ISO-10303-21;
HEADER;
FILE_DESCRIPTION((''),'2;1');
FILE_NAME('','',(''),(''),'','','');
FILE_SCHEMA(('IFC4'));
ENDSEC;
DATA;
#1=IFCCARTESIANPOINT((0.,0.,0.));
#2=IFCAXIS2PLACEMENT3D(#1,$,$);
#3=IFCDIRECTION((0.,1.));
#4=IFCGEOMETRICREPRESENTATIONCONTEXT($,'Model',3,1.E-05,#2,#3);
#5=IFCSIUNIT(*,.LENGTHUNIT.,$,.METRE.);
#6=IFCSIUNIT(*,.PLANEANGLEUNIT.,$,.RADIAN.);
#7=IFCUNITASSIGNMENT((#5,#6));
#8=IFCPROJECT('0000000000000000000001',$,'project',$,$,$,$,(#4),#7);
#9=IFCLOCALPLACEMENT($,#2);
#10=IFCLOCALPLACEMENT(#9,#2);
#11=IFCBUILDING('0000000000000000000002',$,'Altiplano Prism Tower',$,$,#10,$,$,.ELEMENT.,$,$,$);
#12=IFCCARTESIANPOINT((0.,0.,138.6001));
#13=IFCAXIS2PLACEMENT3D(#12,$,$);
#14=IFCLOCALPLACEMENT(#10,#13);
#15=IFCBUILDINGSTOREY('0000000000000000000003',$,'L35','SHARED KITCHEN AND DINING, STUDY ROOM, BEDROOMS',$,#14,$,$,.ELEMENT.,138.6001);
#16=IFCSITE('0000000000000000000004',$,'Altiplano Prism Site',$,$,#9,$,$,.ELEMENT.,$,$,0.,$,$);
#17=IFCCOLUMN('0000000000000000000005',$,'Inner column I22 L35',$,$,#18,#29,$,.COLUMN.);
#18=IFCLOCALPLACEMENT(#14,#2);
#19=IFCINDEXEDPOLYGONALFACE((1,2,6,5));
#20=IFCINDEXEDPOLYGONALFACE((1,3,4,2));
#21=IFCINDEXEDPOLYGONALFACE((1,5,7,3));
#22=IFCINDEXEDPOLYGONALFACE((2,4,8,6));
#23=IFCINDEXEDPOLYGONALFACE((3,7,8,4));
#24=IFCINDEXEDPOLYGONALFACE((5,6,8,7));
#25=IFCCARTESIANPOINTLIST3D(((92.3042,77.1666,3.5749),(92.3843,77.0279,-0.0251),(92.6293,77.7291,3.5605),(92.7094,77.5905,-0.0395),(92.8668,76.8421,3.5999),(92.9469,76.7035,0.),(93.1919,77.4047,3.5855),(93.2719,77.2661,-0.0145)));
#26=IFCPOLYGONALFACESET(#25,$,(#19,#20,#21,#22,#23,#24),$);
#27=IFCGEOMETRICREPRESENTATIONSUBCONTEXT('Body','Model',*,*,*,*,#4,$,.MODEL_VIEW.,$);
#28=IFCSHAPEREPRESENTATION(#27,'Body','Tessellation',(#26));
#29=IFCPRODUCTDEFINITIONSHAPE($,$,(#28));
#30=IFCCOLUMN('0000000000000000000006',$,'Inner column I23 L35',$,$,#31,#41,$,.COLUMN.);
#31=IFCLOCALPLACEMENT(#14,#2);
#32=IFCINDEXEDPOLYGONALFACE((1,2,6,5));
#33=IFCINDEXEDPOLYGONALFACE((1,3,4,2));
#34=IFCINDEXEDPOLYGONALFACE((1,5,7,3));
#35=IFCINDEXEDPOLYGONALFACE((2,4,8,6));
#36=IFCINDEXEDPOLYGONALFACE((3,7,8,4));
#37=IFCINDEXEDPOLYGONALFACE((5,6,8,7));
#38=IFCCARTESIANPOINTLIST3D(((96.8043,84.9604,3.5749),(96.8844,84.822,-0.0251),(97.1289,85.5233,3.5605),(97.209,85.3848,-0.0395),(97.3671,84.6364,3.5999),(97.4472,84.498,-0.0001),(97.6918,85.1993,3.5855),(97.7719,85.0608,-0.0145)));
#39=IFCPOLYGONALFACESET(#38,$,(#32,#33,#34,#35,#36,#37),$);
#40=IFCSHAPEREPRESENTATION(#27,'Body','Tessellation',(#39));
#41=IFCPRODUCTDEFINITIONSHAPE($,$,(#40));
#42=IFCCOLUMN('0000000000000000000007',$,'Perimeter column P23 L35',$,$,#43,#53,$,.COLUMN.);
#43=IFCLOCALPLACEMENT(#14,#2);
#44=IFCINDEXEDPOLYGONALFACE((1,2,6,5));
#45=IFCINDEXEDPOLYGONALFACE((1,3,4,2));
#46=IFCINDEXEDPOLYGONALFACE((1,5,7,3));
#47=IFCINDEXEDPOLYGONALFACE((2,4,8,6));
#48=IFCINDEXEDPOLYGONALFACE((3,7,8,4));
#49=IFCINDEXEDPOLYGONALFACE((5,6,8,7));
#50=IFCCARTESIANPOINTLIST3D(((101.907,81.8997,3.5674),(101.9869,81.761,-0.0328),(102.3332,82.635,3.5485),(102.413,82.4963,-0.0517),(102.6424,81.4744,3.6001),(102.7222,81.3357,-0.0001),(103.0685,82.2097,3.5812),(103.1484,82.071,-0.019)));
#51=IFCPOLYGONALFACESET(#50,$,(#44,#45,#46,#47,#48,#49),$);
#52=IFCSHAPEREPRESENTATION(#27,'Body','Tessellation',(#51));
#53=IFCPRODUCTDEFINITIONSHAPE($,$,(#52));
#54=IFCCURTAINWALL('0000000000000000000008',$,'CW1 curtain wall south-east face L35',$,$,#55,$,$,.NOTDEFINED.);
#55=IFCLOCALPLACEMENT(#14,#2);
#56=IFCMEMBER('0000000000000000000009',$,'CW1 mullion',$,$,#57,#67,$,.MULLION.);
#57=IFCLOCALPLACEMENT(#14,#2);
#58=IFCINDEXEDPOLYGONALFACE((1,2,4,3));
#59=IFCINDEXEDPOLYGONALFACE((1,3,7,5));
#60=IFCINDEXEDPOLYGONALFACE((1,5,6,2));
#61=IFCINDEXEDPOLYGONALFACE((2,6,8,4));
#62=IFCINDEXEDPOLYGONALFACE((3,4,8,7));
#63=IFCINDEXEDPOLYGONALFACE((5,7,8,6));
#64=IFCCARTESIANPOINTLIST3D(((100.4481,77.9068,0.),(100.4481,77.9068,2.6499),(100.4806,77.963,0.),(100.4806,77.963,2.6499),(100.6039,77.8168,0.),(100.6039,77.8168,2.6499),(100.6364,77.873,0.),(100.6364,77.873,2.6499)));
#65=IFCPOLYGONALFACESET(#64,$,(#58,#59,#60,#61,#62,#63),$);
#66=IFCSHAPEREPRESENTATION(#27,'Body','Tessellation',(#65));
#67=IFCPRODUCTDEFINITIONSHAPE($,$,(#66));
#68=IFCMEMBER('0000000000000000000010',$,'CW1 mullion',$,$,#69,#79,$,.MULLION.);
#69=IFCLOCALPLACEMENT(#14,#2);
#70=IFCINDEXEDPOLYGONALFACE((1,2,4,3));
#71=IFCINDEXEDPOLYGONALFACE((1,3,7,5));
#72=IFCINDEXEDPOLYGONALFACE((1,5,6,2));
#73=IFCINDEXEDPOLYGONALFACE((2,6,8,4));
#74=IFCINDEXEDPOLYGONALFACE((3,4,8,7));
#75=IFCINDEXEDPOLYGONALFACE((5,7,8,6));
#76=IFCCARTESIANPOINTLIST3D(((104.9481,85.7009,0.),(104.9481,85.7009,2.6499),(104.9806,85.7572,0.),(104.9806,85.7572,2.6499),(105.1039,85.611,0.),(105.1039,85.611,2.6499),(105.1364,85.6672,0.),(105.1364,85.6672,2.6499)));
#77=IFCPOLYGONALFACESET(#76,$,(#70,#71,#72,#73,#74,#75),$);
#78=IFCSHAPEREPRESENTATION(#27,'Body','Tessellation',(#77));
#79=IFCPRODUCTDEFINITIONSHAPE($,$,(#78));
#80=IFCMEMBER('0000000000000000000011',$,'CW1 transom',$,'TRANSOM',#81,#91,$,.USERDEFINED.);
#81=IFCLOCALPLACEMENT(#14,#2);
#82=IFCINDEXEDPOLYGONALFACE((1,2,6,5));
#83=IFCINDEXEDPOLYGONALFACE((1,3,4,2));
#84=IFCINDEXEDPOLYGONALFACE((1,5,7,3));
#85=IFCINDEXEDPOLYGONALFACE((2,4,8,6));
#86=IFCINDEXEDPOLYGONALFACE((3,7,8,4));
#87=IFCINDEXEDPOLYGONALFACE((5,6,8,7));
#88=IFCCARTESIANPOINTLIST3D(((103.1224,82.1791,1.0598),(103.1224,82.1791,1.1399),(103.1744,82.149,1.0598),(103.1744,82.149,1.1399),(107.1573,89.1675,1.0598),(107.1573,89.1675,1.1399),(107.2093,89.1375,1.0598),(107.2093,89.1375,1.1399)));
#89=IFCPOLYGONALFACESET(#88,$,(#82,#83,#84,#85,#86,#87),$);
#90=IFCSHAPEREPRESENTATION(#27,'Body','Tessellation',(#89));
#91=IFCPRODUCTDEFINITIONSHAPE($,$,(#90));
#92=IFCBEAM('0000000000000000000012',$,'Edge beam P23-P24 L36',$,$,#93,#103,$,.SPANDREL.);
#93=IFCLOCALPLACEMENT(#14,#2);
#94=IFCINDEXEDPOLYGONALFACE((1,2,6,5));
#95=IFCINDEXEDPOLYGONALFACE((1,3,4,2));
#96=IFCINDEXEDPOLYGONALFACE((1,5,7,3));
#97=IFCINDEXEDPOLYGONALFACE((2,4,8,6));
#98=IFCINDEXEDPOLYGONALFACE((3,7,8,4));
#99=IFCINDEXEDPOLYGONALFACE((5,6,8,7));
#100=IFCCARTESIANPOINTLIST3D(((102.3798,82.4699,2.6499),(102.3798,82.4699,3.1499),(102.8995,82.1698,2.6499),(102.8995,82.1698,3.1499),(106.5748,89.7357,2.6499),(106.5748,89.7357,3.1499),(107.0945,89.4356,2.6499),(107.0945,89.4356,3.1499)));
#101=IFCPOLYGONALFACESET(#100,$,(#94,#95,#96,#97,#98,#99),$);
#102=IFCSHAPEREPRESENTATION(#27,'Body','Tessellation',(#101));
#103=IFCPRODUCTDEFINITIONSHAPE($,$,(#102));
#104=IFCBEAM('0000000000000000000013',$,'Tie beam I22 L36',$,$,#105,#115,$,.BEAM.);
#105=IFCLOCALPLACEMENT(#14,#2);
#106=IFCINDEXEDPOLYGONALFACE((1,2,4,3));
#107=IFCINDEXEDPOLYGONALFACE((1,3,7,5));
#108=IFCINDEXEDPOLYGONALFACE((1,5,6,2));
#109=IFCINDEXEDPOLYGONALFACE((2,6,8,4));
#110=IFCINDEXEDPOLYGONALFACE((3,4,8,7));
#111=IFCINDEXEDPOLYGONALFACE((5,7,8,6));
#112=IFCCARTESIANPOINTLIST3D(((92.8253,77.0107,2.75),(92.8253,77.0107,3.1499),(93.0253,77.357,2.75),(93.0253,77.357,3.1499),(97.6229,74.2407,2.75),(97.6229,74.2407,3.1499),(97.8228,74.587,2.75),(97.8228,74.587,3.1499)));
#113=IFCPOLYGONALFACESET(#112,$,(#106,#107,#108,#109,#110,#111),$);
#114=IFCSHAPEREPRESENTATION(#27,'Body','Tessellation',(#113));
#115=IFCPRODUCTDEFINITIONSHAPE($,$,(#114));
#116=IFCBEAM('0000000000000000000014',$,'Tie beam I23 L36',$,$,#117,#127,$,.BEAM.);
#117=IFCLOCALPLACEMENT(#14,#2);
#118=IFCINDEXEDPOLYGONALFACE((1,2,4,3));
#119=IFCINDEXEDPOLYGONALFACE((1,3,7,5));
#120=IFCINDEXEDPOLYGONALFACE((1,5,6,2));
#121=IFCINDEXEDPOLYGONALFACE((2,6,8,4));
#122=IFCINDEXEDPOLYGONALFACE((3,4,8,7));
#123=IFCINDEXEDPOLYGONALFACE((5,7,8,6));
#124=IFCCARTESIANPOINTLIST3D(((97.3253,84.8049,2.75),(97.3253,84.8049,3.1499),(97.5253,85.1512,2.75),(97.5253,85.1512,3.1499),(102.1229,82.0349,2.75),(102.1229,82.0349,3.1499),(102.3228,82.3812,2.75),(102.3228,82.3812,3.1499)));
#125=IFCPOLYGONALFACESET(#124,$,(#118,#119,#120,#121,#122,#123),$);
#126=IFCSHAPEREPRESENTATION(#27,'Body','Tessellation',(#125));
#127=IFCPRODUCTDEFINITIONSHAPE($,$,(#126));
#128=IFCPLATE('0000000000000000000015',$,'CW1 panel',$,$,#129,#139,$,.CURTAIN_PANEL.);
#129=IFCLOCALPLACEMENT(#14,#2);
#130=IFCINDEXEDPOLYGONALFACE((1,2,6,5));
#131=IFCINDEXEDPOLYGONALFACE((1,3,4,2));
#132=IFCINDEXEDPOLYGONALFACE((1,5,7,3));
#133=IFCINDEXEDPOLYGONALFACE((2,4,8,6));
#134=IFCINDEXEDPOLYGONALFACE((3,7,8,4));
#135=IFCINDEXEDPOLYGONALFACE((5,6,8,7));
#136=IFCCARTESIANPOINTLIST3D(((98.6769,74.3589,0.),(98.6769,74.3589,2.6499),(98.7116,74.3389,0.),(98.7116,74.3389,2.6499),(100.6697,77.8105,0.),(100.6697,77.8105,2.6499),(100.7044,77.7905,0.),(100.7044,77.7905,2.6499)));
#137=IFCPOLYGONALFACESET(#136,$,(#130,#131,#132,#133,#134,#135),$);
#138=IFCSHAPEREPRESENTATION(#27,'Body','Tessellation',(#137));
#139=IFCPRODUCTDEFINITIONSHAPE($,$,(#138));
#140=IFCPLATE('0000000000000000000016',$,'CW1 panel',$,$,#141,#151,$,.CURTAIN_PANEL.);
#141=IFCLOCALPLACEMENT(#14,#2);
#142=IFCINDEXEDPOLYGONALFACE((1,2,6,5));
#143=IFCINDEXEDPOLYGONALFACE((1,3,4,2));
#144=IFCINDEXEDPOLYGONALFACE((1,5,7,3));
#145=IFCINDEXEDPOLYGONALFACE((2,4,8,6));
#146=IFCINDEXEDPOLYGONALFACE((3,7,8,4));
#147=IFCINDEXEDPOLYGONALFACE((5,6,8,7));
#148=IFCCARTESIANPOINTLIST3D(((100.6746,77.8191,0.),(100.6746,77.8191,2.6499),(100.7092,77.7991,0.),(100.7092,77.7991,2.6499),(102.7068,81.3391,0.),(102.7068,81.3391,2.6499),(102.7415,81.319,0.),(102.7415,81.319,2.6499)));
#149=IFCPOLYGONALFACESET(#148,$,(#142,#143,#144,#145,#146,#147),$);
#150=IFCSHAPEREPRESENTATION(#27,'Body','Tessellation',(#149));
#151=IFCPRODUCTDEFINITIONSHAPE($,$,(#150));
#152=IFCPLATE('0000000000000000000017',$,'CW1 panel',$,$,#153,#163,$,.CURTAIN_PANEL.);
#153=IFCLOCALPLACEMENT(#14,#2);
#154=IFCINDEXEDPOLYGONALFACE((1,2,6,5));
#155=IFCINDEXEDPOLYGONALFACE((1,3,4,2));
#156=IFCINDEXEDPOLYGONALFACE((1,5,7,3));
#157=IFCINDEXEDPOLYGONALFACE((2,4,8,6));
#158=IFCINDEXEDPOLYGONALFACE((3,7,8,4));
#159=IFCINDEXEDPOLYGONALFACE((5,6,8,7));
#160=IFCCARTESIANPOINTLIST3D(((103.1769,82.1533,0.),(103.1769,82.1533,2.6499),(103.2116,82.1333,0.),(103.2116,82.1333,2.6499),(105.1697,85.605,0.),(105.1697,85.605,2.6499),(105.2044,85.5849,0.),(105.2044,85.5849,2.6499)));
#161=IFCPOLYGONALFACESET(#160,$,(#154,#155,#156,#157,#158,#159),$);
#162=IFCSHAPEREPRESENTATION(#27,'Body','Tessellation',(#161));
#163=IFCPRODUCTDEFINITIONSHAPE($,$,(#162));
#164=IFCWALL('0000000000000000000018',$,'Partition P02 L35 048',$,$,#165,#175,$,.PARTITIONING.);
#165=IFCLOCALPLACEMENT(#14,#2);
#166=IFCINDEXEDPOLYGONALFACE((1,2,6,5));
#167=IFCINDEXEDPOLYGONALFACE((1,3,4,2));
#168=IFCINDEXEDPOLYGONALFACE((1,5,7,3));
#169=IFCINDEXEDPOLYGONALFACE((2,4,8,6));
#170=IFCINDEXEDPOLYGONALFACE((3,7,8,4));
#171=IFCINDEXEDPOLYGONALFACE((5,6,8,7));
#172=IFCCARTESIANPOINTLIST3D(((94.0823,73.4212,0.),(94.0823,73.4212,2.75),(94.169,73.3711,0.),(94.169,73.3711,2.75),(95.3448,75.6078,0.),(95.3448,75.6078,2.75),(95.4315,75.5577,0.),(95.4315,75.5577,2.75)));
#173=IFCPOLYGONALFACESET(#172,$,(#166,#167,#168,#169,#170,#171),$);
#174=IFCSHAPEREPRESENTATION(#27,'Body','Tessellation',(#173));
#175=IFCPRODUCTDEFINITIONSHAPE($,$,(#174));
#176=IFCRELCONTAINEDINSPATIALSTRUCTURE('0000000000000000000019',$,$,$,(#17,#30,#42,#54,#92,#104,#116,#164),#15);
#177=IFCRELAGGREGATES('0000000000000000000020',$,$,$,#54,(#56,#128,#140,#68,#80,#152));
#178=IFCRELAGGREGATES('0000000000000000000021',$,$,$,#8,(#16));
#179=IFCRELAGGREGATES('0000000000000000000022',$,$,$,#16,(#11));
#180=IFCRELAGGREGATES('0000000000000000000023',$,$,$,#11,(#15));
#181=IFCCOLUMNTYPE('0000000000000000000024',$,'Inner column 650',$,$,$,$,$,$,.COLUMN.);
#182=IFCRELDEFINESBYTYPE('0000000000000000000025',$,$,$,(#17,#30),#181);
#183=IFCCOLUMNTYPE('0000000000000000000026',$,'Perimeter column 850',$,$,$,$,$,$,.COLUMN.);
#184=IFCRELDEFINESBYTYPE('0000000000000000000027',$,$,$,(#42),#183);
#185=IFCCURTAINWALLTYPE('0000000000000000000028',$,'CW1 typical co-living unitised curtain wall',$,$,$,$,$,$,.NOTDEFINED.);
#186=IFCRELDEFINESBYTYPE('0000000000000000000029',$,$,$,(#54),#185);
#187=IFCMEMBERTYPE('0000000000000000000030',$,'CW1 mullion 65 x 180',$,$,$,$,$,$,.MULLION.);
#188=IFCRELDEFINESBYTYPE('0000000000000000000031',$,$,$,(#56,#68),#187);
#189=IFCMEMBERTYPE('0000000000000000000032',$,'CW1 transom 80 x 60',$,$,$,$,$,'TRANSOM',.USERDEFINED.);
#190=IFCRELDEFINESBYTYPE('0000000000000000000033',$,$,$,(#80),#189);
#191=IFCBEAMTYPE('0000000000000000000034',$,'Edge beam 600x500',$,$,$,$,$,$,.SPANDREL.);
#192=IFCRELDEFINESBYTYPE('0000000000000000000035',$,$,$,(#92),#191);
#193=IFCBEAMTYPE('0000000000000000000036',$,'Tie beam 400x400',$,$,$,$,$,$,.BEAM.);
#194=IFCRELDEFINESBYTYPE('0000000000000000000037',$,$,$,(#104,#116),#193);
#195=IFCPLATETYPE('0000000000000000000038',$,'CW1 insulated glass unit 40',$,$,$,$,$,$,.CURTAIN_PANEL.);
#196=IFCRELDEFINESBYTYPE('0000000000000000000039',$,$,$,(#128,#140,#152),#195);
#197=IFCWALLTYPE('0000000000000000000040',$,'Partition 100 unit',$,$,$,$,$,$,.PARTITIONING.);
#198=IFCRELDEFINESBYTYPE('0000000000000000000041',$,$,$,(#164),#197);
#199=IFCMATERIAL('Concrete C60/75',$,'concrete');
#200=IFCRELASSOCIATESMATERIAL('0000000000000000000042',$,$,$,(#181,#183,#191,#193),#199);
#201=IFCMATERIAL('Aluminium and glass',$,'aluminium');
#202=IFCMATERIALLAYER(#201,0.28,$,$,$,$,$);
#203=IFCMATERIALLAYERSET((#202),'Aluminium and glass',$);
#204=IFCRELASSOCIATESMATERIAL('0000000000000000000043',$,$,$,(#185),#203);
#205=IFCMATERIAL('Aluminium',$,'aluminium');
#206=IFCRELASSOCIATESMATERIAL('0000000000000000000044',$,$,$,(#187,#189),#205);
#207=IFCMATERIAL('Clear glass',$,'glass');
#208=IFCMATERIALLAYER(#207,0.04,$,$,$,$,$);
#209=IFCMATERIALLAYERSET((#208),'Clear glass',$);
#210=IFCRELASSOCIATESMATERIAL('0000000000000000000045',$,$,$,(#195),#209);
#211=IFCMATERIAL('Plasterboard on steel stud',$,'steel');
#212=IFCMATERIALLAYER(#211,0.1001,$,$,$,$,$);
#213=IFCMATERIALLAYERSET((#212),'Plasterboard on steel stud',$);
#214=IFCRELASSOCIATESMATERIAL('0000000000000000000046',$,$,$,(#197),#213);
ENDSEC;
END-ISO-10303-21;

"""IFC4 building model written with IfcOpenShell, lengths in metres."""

from ifc_helpers import new_model, si_unit, direction, frame, frame_2d, origin, origin_2d, place, context, subcontext, project, spatial, rectangle, extrude, material, layer, layer_set, material_profile, profile_set, type_object, element, aggregate, save


model = new_model("IFC4")

# Units and contexts
model_context = context("Model", 3, precision=1e-05, world=origin(), true_north=direction((0.0, 1.0)))
body_context = subcontext(model_context, "Body", "Model", "MODEL_VIEW")
ifc_project = project(units=[si_unit("LENGTHUNIT", "METRE"), si_unit("PLANEANGLEUNIT", "RADIAN")], contexts=[model_context])

# Site, building, storey
site_placement = place(None, origin())
site = spatial("IfcSite", under=ifc_project, at=site_placement, Name="Altiplano Prism Site", CompositionType="ELEMENT", RefElevation=0.0)
building_placement = place(site_placement, origin())
building = spatial("IfcBuilding", under=site, at=building_placement, Name="Altiplano Prism Tower", CompositionType="ELEMENT")
storey_placement = place(building_placement, frame((0.0, 0.0, 138.6001)))
storey = spatial("IfcBuildingStorey", under=building, at=storey_placement, Name="L35", Description="SHARED KITCHEN AND DINING, STUDY ROOM, BEDROOMS", CompositionType="ELEMENT", Elevation=138.6001)

# Columns
ifc_material_1 = material(Name="Concrete C60/75", Category="concrete")
ifc_material_profile_1 = material_profile(ifc_material_1, rectangle(XDim=0.6499, YDim=0.6499, at=origin_2d()), Name="Inner column 650")
ifc_profile_set_1 = profile_set([ifc_material_profile_1], Name="Concrete C60/75")
column_type_1 = type_object("IfcColumnType", Name="Inner column 650", PredefinedType="COLUMN", material=ifc_profile_set_1)
for number, where, z_axis, x_axis, name in (
    (1, (92.8281, 77.147, -0.0198), (-0.022223, 0.038483, 0.999012), (-0.500172, -0.865641, 0.02222), "Inner column I22 L35"),
    (2, (97.3281, 84.9414, -0.0198), (-0.022223, 0.038416, 0.999015), (-0.499513, -0.866022, 0.02219), "Inner column I23 L35"),
):
    element("IfcColumn", number, at=place(storey_placement, frame(where, z_axis=z_axis, x_axis=x_axis)), inside=storey, type_object=column_type_1, Name=name, PredefinedType="COLUMN", context=body_context, shape_type="SweptSolid", body=[
        extrude(rectangle(XDim=0.6499, YDim=0.6499, at=origin_2d()), origin(), (0.0, 0.0, 1.0), 3.6035),
    ])
ifc_material_profile_2 = material_profile(ifc_material_1, rectangle(XDim=0.8501, YDim=0.8501, at=origin_2d()), Name="Perimeter column 850")
ifc_profile_set_2 = profile_set([ifc_material_profile_2], Name="Concrete C60/75")
column_type_2 = type_object("IfcColumnType", Name="Perimeter column 850", PredefinedType="COLUMN", material=ifc_profile_set_2)
column_placement = place(storey_placement, frame((102.5676, 81.916, -0.0259), z_axis=(-0.022154, 0.038481, 0.999014), x_axis=(-0.501313, -0.864981, 0.022201)))
element("IfcColumn", 3, at=column_placement, inside=storey, type_object=column_type_2, Name="Perimeter column P23 L35", PredefinedType="COLUMN", context=body_context, shape_type="SweptSolid", body=[
    extrude(rectangle(XDim=0.8501, YDim=0.8501, at=origin_2d()), origin(), (0.0, 0.0, 1.0), 3.6038),
])

# Curtain wall, members
ifc_material_2 = material(Name="Aluminium and glass", Category="aluminium")
ifc_layer_1 = layer(ifc_material_2, 0.28)
ifc_layer_set_1 = layer_set([ifc_layer_1], Name="Aluminium and glass")
curtain_wall_type = type_object("IfcCurtainWallType", Name="CW1 typical co-living unitised curtain wall", PredefinedType="NOTDEFINED", material=ifc_layer_set_1)
curtain_wall_placement = place(storey_placement, origin())
curtain_wall = element("IfcCurtainWall", 4, at=curtain_wall_placement, inside=storey, type_object=curtain_wall_type, Name="CW1 curtain wall south-east face L35", PredefinedType="NOTDEFINED")
ifc_material_3 = material(Name="Aluminium", Category="aluminium")
ifc_material_profile_3 = material_profile(ifc_material_3, rectangle(XDim=0.1799, YDim=0.0649, at=origin_2d()), Name="CW1 mullion 65 x 180")
ifc_profile_set_3 = profile_set([ifc_material_profile_3], Name="Aluminium")
member_type_1 = type_object("IfcMemberType", Name="CW1 mullion 65 x 180", PredefinedType="MULLION", material=ifc_profile_set_3)
member_1_placement = place(storey_placement, frame((100.5422, 77.8899, 0.0), z_axis=(0.0, 0.0, 1.0), x_axis=(-0.866025, 0.5, 0.0)))
member_1 = element("IfcMember", 5, at=member_1_placement, type_object=member_type_1, Name="CW1 mullion", PredefinedType="MULLION", context=body_context, shape_type="SweptSolid", body=[
    extrude(rectangle(XDim=0.1799, YDim=0.0649, at=origin_2d()), origin(), (0.0, 0.0, 1.0), 2.6499),
])
member_2_placement = place(storey_placement, frame((105.0422, 85.6841, 0.0), z_axis=(0.0, 0.0, 1.0), x_axis=(-0.866025, 0.5, 0.0)))
member_2 = element("IfcMember", 6, at=member_2_placement, type_object=member_type_1, Name="CW1 mullion", PredefinedType="MULLION", context=body_context, shape_type="SweptSolid", body=[
    extrude(rectangle(XDim=0.1799, YDim=0.0649, at=origin_2d()), origin(), (0.0, 0.0, 1.0), 2.6499),
])
ifc_material_profile_4 = material_profile(ifc_material_3, rectangle(XDim=0.0601, YDim=0.0801, at=origin_2d()), Name="CW1 transom 80 x 60")
ifc_profile_set_4 = profile_set([ifc_material_profile_4], Name="Aluminium")
member_type_2 = type_object("IfcMemberType", Name="CW1 transom 80 x 60", ElementType="TRANSOM", PredefinedType="USERDEFINED", material=ifc_profile_set_4)
member_3_placement = place(storey_placement, frame((103.1484, 82.1641, 1.0999), z_axis=(0.500008, 0.866021, 0.0), x_axis=(-0.866021, 0.500008, 0.0)))
member_3 = element("IfcMember", 7, at=member_3_placement, type_object=member_type_2, Name="CW1 transom", ObjectType="TRANSOM", PredefinedType="USERDEFINED", context=body_context, shape_type="SweptSolid", body=[
    extrude(rectangle(XDim=0.0601, YDim=0.0801, at=origin_2d()), origin(), (0.0, 0.0, 1.0), 8.0696),
])

# Beams
ifc_material_profile_5 = material_profile(ifc_material_1, rectangle(XDim=0.6001, YDim=0.5, at=origin_2d()), Name="Edge beam 600x500")
ifc_profile_set_5 = profile_set([ifc_material_profile_5], Name="Concrete C60/75")
beam_type_1 = type_object("IfcBeamType", Name="Edge beam 600x500", PredefinedType="SPANDREL", material=ifc_profile_set_5)
beam_placement = place(storey_placement, frame((102.6396, 82.3198, 2.8999), z_axis=(0.50001, 0.866019, 0.0), x_axis=(-0.866019, 0.50001, 0.0)))
element("IfcBeam", 8, at=beam_placement, inside=storey, type_object=beam_type_1, Name="Edge beam P23-P24 L36", PredefinedType="SPANDREL", context=body_context, shape_type="SweptSolid", body=[
    extrude(rectangle(XDim=0.6001, YDim=0.5, at=origin_2d()), origin(), (0.0, 0.0, 1.0), 8.3899),
])
ifc_material_profile_6 = material_profile(ifc_material_1, rectangle(XDim=0.3999, YDim=0.3999, at=origin_2d()), Name="Tie beam 400x400")
ifc_profile_set_6 = profile_set([ifc_material_profile_6], Name="Concrete C60/75")
beam_type_2 = type_object("IfcBeamType", Name="Tie beam 400x400", PredefinedType="BEAM", material=ifc_profile_set_6)
for number, where, z_axis, x_axis, name in (
    (9, (92.9253, 77.1838, 2.95), (0.866016, -0.500016, 0.0), (0.500016, 0.866016, 0.0), "Tie beam I22 L36"),
    (10, (97.4253, 84.978, 2.95), (0.866016, -0.500016, 0.0), (0.500016, 0.866016, 0.0), "Tie beam I23 L36"),
):
    element("IfcBeam", number, at=place(storey_placement, frame(where, z_axis=z_axis, x_axis=x_axis)), inside=storey, type_object=beam_type_2, Name=name, PredefinedType="BEAM", context=body_context, shape_type="SweptSolid", body=[
        extrude(rectangle(XDim=0.3999, YDim=0.3999, at=origin_2d()), origin(), (0.0, 0.0, 1.0), 5.5398),
    ])

# Plates
ifc_material_4 = material(Name="Clear glass", Category="glass")
ifc_layer_2 = layer(ifc_material_4, 0.04)
ifc_layer_set_2 = layer_set([ifc_layer_2], Name="Clear glass")
plate_type = type_object("IfcPlateType", Name="CW1 insulated glass unit 40", PredefinedType="CURTAIN_PANEL", material=ifc_layer_set_2)
plate_1_placement = place(storey_placement, frame((99.6907, 76.0747, 0.0), z_axis=(0.0, 0.0, 1.0), x_axis=(0.5, 0.866025, 0.0)))
plate_1 = element("IfcPlate", 11, at=plate_1_placement, type_object=plate_type, Name="CW1 panel", PredefinedType="CURTAIN_PANEL", context=body_context, shape_type="SweptSolid", body=[
    extrude(rectangle(XDim=3.9856, YDim=0.04, at=origin_2d()), origin(), (0.0, 0.0, 1.0), 2.6499),
])
plate_2_placement = place(storey_placement, frame((101.708, 79.5691, 0.0), z_axis=(0.0, 0.0, 1.0), x_axis=(0.5, 0.866025, 0.0)))
plate_2 = element("IfcPlate", 12, at=plate_2_placement, type_object=plate_type, Name="CW1 panel", PredefinedType="CURTAIN_PANEL", context=body_context, shape_type="SweptSolid", body=[
    extrude(rectangle(XDim=4.0645, YDim=0.04, at=origin_2d()), origin(), (0.0, 0.0, 1.0), 2.6499),
])
plate_3_placement = place(storey_placement, frame((104.1907, 83.8691, 0.0), z_axis=(0.0, 0.0, 1.0), x_axis=(0.5, 0.866025, 0.0)))
plate_3 = element("IfcPlate", 13, at=plate_3_placement, type_object=plate_type, Name="CW1 panel", PredefinedType="CURTAIN_PANEL", context=body_context, shape_type="SweptSolid", body=[
    extrude(rectangle(XDim=3.9856, YDim=0.04, at=origin_2d()), origin(), (0.0, 0.0, 1.0), 2.6499),
])
aggregate(curtain_wall, [member_1, plate_1, plate_2, member_2, member_3, plate_3])

# Wall
ifc_material_5 = material(Name="Plasterboard on steel stud", Category="steel")
ifc_layer_3 = layer(ifc_material_5, 0.1001)
ifc_layer_set_3 = layer_set([ifc_layer_3], Name="Plasterboard on steel stud")
wall_type_1 = type_object("IfcWallType", Name="Partition 100 unit", PredefinedType="PARTITIONING", material=ifc_layer_set_3)
wall_1_placement = place(storey_placement, frame((95.3882, 75.5828, 0.0), z_axis=(0.0, 0.0, 1.0), x_axis=(-0.500018, -0.866015, 0.0)))
element("IfcWall", 14, at=wall_1_placement, inside=storey, type_object=wall_type_1, Name="Partition P02 L35 048", PredefinedType="PARTITIONING", context=body_context, shape_type="SweptSolid", body=[
    extrude(rectangle(XDim=2.5249, YDim=0.1001, at=frame_2d((1.2625, 0.0))), origin(), (0.0, 0.0, 1.0), 2.75),
])

save(model, "model.ifc")
